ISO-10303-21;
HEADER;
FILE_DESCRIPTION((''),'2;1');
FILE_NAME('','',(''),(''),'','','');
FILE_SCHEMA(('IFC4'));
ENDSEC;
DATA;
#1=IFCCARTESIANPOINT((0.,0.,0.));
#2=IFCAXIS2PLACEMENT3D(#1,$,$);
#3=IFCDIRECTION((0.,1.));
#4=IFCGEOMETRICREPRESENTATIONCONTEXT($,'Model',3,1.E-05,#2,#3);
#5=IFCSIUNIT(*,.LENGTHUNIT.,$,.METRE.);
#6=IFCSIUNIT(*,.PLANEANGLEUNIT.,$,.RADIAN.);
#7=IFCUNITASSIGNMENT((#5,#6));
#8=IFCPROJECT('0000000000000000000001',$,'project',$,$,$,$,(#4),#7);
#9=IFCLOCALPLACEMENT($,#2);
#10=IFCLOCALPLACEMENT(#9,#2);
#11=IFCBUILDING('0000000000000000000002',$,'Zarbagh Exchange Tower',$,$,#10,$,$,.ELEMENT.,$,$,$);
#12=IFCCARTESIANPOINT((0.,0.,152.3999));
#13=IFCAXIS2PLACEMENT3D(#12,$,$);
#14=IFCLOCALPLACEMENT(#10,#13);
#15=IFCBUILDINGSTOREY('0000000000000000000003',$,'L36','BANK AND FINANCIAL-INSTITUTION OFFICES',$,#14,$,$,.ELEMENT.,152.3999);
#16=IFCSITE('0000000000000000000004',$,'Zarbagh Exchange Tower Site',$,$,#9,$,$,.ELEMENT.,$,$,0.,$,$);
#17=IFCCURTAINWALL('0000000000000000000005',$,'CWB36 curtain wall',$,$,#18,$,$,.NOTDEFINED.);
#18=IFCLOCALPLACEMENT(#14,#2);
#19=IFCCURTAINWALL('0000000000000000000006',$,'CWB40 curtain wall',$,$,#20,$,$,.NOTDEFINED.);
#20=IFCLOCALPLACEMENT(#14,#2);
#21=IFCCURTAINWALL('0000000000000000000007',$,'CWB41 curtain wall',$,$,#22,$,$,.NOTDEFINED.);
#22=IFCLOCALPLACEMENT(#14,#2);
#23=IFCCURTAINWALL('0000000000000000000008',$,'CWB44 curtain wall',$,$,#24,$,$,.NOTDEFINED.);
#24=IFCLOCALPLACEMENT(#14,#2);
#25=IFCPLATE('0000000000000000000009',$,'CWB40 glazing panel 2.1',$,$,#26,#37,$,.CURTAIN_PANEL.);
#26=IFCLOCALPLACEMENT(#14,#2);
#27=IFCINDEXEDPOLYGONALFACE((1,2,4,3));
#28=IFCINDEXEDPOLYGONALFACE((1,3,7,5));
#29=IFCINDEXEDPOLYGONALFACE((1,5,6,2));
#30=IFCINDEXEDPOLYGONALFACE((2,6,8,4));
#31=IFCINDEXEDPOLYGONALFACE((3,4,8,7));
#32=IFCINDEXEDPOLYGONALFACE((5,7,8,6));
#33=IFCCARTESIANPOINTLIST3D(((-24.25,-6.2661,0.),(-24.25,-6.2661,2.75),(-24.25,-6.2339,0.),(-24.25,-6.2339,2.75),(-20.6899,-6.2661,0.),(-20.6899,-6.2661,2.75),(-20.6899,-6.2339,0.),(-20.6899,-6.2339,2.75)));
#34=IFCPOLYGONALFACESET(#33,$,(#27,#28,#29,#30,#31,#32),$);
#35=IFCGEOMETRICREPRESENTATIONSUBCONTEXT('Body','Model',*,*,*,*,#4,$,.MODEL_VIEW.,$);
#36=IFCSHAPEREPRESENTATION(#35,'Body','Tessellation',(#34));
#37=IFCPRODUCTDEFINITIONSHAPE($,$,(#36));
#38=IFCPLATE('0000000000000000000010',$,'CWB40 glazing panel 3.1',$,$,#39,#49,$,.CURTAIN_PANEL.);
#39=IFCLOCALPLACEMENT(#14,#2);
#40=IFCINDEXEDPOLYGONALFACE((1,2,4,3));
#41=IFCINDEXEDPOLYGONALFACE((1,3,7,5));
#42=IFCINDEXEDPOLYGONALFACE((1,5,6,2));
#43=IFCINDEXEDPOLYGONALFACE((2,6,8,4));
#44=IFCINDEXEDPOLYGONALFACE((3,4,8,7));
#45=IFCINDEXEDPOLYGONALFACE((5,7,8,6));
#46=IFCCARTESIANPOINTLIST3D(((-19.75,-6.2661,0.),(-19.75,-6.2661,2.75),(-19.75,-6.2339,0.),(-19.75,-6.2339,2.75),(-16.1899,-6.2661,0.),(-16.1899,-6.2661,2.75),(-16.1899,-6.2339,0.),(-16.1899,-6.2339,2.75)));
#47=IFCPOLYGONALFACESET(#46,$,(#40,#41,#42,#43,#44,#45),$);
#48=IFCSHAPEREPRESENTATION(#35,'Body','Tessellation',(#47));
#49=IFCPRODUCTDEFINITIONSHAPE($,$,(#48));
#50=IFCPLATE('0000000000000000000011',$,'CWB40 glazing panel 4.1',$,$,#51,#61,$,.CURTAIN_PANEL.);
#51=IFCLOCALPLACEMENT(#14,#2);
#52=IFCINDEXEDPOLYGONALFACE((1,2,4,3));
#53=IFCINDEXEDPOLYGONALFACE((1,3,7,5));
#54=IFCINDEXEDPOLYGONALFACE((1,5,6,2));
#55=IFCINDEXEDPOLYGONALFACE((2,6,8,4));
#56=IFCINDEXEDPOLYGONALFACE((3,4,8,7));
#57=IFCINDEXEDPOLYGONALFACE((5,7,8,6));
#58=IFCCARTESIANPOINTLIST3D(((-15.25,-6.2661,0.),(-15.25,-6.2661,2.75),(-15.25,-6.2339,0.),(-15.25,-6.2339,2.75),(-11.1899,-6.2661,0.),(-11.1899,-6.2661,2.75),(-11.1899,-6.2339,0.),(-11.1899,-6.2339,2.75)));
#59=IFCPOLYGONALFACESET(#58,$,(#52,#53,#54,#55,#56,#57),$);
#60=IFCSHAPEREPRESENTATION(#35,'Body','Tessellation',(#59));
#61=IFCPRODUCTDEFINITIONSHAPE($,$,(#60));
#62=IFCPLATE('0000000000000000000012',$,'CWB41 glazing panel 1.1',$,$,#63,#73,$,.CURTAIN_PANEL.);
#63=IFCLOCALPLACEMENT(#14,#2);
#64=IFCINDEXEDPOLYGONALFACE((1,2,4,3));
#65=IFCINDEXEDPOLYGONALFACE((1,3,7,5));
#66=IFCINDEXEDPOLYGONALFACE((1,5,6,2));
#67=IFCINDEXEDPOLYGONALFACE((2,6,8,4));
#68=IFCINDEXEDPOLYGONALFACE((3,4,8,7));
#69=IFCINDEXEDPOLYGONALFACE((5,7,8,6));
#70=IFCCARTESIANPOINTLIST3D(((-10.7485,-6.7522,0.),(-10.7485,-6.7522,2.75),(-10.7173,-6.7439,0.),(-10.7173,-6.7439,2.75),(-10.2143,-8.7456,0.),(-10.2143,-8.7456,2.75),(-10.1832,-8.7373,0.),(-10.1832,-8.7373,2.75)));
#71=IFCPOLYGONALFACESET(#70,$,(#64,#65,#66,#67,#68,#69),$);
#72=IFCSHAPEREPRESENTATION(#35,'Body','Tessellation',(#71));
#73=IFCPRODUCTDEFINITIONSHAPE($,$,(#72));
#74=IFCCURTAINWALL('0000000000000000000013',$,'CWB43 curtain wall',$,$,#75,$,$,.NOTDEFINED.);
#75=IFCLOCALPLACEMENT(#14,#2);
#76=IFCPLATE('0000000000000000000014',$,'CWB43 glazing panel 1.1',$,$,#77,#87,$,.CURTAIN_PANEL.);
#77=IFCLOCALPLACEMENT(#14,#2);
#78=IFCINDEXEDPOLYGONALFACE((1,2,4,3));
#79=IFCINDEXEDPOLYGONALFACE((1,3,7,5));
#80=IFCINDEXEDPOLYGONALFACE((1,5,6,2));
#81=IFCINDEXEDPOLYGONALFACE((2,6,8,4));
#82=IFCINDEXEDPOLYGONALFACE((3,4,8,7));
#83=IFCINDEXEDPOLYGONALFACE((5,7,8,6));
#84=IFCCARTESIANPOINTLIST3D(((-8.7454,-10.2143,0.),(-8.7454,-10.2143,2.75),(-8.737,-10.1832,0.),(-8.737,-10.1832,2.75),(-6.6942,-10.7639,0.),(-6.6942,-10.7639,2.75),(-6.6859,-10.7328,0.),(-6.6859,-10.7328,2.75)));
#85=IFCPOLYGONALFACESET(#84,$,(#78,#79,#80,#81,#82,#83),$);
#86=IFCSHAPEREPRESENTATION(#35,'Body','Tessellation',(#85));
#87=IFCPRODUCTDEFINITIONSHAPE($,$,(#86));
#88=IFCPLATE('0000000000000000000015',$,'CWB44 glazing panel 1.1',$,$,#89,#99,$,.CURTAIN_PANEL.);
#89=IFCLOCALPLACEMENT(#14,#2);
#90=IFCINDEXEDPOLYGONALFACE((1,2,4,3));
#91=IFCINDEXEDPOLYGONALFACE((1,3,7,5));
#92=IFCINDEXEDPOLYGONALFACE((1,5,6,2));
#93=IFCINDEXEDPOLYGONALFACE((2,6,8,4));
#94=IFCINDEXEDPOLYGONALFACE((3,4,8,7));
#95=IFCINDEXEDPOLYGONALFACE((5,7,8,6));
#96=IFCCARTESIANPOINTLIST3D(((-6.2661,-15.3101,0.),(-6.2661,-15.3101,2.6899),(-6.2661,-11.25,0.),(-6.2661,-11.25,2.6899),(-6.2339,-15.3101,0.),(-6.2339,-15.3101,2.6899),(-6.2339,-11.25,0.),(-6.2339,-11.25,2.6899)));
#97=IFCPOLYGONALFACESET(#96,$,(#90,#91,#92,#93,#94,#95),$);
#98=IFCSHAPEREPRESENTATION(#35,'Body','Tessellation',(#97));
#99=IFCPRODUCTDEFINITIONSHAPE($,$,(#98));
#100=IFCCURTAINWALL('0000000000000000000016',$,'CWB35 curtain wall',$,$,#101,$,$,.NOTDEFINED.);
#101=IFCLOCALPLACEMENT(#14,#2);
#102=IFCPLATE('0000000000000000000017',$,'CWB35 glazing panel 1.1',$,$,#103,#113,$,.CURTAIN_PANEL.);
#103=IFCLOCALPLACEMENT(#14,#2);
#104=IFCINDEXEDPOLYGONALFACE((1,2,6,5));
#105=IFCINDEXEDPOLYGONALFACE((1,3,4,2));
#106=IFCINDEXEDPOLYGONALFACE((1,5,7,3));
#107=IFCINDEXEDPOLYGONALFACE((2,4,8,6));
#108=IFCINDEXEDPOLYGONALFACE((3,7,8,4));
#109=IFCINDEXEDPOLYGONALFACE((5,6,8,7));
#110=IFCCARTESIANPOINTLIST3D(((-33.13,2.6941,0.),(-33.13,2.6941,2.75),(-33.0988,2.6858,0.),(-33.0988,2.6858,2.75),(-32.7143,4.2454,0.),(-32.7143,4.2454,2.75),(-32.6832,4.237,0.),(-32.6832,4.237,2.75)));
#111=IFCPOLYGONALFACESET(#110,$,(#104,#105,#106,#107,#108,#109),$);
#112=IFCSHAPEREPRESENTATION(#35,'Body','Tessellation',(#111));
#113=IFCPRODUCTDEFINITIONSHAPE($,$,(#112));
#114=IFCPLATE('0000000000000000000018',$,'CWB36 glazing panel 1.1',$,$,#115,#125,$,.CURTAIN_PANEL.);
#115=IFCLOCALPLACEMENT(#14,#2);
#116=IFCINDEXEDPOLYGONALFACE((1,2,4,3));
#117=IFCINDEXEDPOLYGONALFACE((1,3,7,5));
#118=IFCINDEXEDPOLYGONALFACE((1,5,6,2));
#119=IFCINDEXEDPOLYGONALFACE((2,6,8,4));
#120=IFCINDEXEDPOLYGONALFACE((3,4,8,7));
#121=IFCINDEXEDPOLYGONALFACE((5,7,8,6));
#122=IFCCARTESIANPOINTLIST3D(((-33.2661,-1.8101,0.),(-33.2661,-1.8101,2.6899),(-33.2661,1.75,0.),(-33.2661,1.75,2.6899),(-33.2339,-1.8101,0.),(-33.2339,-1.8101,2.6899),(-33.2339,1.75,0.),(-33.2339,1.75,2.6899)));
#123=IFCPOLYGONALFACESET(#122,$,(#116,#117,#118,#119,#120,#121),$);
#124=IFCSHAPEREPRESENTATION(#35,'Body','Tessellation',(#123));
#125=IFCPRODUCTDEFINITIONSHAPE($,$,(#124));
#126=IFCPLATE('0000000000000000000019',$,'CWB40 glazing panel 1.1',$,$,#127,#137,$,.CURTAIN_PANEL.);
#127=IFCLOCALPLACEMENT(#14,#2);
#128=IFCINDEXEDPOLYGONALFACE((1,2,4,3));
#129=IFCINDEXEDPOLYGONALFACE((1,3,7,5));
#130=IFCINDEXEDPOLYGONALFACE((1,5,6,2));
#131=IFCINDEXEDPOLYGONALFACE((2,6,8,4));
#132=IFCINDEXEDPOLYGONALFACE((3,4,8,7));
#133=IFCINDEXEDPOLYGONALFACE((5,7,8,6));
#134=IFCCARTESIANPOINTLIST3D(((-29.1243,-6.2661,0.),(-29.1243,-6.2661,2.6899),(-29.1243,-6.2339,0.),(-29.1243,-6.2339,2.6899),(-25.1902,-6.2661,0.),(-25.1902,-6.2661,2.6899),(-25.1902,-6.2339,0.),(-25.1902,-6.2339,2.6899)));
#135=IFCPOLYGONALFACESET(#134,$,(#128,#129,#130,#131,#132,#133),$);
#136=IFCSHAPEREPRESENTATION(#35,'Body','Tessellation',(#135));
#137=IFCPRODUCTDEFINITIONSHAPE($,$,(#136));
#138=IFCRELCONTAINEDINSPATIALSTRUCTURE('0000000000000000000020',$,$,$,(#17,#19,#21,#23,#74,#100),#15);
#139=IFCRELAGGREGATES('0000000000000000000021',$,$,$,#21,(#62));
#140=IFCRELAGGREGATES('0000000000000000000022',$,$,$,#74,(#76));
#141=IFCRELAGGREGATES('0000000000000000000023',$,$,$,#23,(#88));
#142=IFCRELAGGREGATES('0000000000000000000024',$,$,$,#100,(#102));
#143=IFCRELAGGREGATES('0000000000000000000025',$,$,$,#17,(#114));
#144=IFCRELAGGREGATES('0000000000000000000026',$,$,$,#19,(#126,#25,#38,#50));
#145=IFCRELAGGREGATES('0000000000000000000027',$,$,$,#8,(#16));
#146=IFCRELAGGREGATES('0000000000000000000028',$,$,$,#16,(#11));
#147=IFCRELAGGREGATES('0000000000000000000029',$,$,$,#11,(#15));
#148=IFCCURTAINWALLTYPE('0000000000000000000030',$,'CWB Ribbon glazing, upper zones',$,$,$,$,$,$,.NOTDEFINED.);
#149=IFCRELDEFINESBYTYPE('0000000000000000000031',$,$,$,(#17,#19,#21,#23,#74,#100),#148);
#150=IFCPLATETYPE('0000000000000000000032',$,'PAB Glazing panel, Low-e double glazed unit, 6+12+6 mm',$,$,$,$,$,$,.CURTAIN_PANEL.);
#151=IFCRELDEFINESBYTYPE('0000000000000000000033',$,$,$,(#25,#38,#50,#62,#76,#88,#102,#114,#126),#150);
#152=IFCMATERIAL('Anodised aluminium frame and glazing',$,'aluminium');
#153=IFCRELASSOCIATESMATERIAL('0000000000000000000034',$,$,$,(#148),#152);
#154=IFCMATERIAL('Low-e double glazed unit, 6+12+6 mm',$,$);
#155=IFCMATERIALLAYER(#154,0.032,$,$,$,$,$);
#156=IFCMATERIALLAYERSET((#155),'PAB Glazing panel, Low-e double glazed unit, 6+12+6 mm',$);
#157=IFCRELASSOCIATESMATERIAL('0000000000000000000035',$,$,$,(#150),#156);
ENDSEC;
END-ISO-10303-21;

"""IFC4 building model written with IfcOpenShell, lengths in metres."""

from ifc_helpers import new_model, si_unit, direction, frame, origin, place, context, subcontext, project, spatial, polyline, outline, extrude, source, transform, mapped, material, layer, layer_set, type_object, element, aggregate, save


model = new_model("IFC4")

# Units and contexts
model_context = context("Model", 3, precision=1e-05, world=origin(), true_north=direction((0.0, 1.0)))
body_context = subcontext(model_context, "Body", "Model", "MODEL_VIEW")
ifc_project = project(units=[si_unit("LENGTHUNIT", "METRE"), si_unit("PLANEANGLEUNIT", "RADIAN")], contexts=[model_context])

# Site, building, storey
site_placement = place(None, origin())
site = spatial("IfcSite", under=ifc_project, at=site_placement, Name="Zarbagh Exchange Tower Site", CompositionType="ELEMENT", RefElevation=0.0)
building_placement = place(site_placement, origin())
building = spatial("IfcBuilding", under=site, at=building_placement, Name="Zarbagh Exchange Tower", CompositionType="ELEMENT")
storey_placement = place(building_placement, frame((0.0, 0.0, 152.3999)))
storey = spatial("IfcBuildingStorey", under=building, at=storey_placement, Name="L36", Description="BANK AND FINANCIAL-INSTITUTION OFFICES", CompositionType="ELEMENT", Elevation=152.3999)

# Curtain wall
ifc_material_1 = material(Name="Anodised aluminium frame and glazing", Category="aluminium")
curtain_wall_type = type_object("IfcCurtainWallType", Name="CWB Ribbon glazing, upper zones", PredefinedType="NOTDEFINED", material=ifc_material_1)
curtain_wall_1_placement = place(storey_placement, origin())
curtain_wall_1 = element("IfcCurtainWall", 1, at=curtain_wall_1_placement, inside=storey, type_object=curtain_wall_type, Name="CWB36 curtain wall", PredefinedType="NOTDEFINED")
placement = place(storey_placement, origin())

# Curtain wall
curtain_wall_2_placement = place(storey_placement, origin())
curtain_wall_2 = element("IfcCurtainWall", 2, at=curtain_wall_2_placement, inside=storey, type_object=curtain_wall_type, Name="CWB40 curtain wall", PredefinedType="NOTDEFINED")

# Curtain wall
curtain_wall_3_placement = place(storey_placement, origin())
curtain_wall_3 = element("IfcCurtainWall", 3, at=curtain_wall_3_placement, inside=storey, type_object=curtain_wall_type, Name="CWB41 curtain wall", PredefinedType="NOTDEFINED")

# Curtain wall
curtain_wall_4_placement = place(storey_placement, origin())
curtain_wall_4 = element("IfcCurtainWall", 4, at=curtain_wall_4_placement, inside=storey, type_object=curtain_wall_type, Name="CWB44 curtain wall", PredefinedType="NOTDEFINED")

# Shared definitions
ifc_material_2 = material(Name="Low-e double glazed unit, 6+12+6 mm")
ifc_layer = layer(ifc_material_2, 0.032)
ifc_layer_set = layer_set([ifc_layer], Name="PAB Glazing panel, Low-e double glazed unit, 6+12+6 mm")
plate_type = type_object("IfcPlateType", Name="PAB Glazing panel, Low-e double glazed unit, 6+12+6 mm", PredefinedType="CURTAIN_PANEL", material=ifc_layer_set)

# Plates
shared_shape_1 = source(origin(), body_context, "Body", "SweptSolid", [
    extrude(outline(polyline([(0.0, -0.0161), (3.5601, -0.0161), (3.5601, 0.0161), (0.0, 0.0161), (0.0, -0.0161)])), origin(), (0.0, 0.0, 1.0), 2.75),
])
plate_1 = element("IfcPlate", 5, at=placement, type_object=plate_type, Name="CWB40 glazing panel 2.1", PredefinedType="CURTAIN_PANEL", context=body_context, shape_type="MappedRepresentation", body=[
    mapped(shared_shape_1, transform((-24.25, -6.25, 0.0), x_axis=(1.0, 0.0, 0.0), y_axis=(0.0, 1.0, 0.0), z_axis=(0.0, 0.0, 1.0))),
])
plate_2 = element("IfcPlate", 6, at=placement, type_object=plate_type, Name="CWB40 glazing panel 3.1", PredefinedType="CURTAIN_PANEL", context=body_context, shape_type="MappedRepresentation", body=[
    mapped(shared_shape_1, transform((-19.75, -6.25, 0.0), x_axis=(1.0, 0.0, 0.0), y_axis=(0.0, 1.0, 0.0), z_axis=(0.0, 0.0, 1.0))),
])
shared_shape_2 = source(origin(), body_context, "Body", "SweptSolid", [
    extrude(outline(polyline([(0.0, -0.0161), (4.0601, -0.0161), (4.0601, 0.0161), (0.0, 0.0161), (0.0, -0.0161)])), origin(), (0.0, 0.0, 1.0), 2.75),
])
plate_3 = element("IfcPlate", 7, at=placement, type_object=plate_type, Name="CWB40 glazing panel 4.1", PredefinedType="CURTAIN_PANEL", context=body_context, shape_type="MappedRepresentation", body=[
    mapped(shared_shape_2, transform((-15.25, -6.25, 0.0), x_axis=(1.0, 0.0, 0.0), y_axis=(0.0, 1.0, 0.0), z_axis=(0.0, 0.0, 1.0))),
])
shared_shape_3 = source(origin(), body_context, "Body", "SweptSolid", [
    extrude(outline(polyline([(0.0, -0.0161), (2.0637, -0.0161), (2.0637, 0.0161), (0.0, 0.0161), (0.0, -0.0161)])), origin(), (0.0, 0.0, 1.0), 2.75),
])
plate_4 = element("IfcPlate", 8, at=placement, type_object=plate_type, Name="CWB41 glazing panel 1.1", PredefinedType="CURTAIN_PANEL", context=body_context, shape_type="MappedRepresentation", body=[
    mapped(shared_shape_3, transform((-10.7329, -6.748, 0.0), x_axis=(0.258825, -0.965924, 0.0), y_axis=(0.965924, 0.258825, 0.0), z_axis=(0.0, 0.0, 1.0))),
])
aggregate(curtain_wall_3, [plate_4])

# Curtain wall, plate
curtain_wall_5_placement = place(storey_placement, origin())
curtain_wall_5 = element("IfcCurtainWall", 9, at=curtain_wall_5_placement, inside=storey, type_object=curtain_wall_type, Name="CWB43 curtain wall", PredefinedType="NOTDEFINED")
shared_shape_4 = source(origin(), body_context, "Body", "SweptSolid", [
    extrude(outline(polyline([(0.0, -0.0161), (2.1235, -0.0161), (2.1235, 0.0161), (0.0, 0.0161), (0.0, -0.0161)])), origin(), (0.0, 0.0, 1.0), 2.75),
])
plate_5 = element("IfcPlate", 10, at=placement, type_object=plate_type, Name="CWB43 glazing panel 1.1", PredefinedType="CURTAIN_PANEL", context=body_context, shape_type="MappedRepresentation", body=[
    mapped(shared_shape_4, transform((-8.7412, -10.1987, 0.0), x_axis=(0.965924, -0.258825, 0.0), y_axis=(0.258825, 0.965924, 0.0), z_axis=(0.0, 0.0, 1.0))),
])
aggregate(curtain_wall_5, [plate_5])

# Plate
shared_shape_5 = source(origin(), body_context, "Body", "SweptSolid", [
    extrude(outline(polyline([(0.0, -0.0161), (4.0601, -0.0161), (4.0601, 0.0161), (0.0, 0.0161), (0.0, -0.0161)])), origin(), (0.0, 0.0, 1.0), 2.6899),
])
plate_6 = element("IfcPlate", 11, at=placement, type_object=plate_type, Name="CWB44 glazing panel 1.1", PredefinedType="CURTAIN_PANEL", context=body_context, shape_type="MappedRepresentation", body=[
    mapped(shared_shape_5, transform((-6.25, -11.25, 0.0), x_axis=(0.0, -1.0, 0.0), y_axis=(1.0, 0.0, 0.0), z_axis=(0.0, 0.0, 1.0))),
])
aggregate(curtain_wall_4, [plate_6])

# Curtain wall, plate
curtain_wall_6_placement = place(storey_placement, origin())
curtain_wall_6 = element("IfcCurtainWall", 12, at=curtain_wall_6_placement, inside=storey, type_object=curtain_wall_type, Name="CWB35 curtain wall", PredefinedType="NOTDEFINED")
shared_shape_6 = source(origin(), body_context, "Body", "SweptSolid", [
    extrude(outline(polyline([(0.0, -0.0161), (1.606, -0.0161), (1.606, 0.0161), (0.0, 0.0161), (0.0, -0.0161)])), origin(), (0.0, 0.0, 1.0), 2.75),
])
plate_7 = element("IfcPlate", 13, at=placement, type_object=plate_type, Name="CWB35 glazing panel 1.1", PredefinedType="CURTAIN_PANEL", context=body_context, shape_type="MappedRepresentation", body=[
    mapped(shared_shape_6, transform((-32.6987, 4.2412, 0.0), x_axis=(-0.258825, -0.965924, 0.0), y_axis=(0.965924, -0.258825, 0.0), z_axis=(0.0, 0.0, 1.0))),
])
aggregate(curtain_wall_6, [plate_7])

# Plates
shared_shape_7 = source(origin(), body_context, "Body", "SweptSolid", [
    extrude(outline(polyline([(0.0, -0.0161), (3.5601, -0.0161), (3.5601, 0.0161), (0.0, 0.0161), (0.0, -0.0161)])), origin(), (0.0, 0.0, 1.0), 2.6899),
])
plate_8 = element("IfcPlate", 14, at=placement, type_object=plate_type, Name="CWB36 glazing panel 1.1", PredefinedType="CURTAIN_PANEL", context=body_context, shape_type="MappedRepresentation", body=[
    mapped(shared_shape_7, transform((-33.25, 1.75, 0.0), x_axis=(0.0, -1.0, 0.0), y_axis=(1.0, 0.0, 0.0), z_axis=(0.0, 0.0, 1.0))),
])
aggregate(curtain_wall_1, [plate_8])
shared_shape_8 = source(origin(), body_context, "Body", "SweptSolid", [
    extrude(outline(polyline([(0.0, -0.0161), (3.9341, -0.0161), (3.9341, 0.0161), (0.0, 0.0161), (0.0, -0.0161)])), origin(), (0.0, 0.0, 1.0), 2.6899),
])
plate_9 = element("IfcPlate", 15, at=placement, type_object=plate_type, Name="CWB40 glazing panel 1.1", PredefinedType="CURTAIN_PANEL", context=body_context, shape_type="MappedRepresentation", body=[
    mapped(shared_shape_8, transform((-29.1243, -6.25, 0.0), x_axis=(1.0, 0.0, 0.0), y_axis=(0.0, 1.0, 0.0), z_axis=(0.0, 0.0, 1.0))),
])
aggregate(curtain_wall_2, [plate_9, plate_1, plate_2, plate_3])

save(model, "model.ifc")
